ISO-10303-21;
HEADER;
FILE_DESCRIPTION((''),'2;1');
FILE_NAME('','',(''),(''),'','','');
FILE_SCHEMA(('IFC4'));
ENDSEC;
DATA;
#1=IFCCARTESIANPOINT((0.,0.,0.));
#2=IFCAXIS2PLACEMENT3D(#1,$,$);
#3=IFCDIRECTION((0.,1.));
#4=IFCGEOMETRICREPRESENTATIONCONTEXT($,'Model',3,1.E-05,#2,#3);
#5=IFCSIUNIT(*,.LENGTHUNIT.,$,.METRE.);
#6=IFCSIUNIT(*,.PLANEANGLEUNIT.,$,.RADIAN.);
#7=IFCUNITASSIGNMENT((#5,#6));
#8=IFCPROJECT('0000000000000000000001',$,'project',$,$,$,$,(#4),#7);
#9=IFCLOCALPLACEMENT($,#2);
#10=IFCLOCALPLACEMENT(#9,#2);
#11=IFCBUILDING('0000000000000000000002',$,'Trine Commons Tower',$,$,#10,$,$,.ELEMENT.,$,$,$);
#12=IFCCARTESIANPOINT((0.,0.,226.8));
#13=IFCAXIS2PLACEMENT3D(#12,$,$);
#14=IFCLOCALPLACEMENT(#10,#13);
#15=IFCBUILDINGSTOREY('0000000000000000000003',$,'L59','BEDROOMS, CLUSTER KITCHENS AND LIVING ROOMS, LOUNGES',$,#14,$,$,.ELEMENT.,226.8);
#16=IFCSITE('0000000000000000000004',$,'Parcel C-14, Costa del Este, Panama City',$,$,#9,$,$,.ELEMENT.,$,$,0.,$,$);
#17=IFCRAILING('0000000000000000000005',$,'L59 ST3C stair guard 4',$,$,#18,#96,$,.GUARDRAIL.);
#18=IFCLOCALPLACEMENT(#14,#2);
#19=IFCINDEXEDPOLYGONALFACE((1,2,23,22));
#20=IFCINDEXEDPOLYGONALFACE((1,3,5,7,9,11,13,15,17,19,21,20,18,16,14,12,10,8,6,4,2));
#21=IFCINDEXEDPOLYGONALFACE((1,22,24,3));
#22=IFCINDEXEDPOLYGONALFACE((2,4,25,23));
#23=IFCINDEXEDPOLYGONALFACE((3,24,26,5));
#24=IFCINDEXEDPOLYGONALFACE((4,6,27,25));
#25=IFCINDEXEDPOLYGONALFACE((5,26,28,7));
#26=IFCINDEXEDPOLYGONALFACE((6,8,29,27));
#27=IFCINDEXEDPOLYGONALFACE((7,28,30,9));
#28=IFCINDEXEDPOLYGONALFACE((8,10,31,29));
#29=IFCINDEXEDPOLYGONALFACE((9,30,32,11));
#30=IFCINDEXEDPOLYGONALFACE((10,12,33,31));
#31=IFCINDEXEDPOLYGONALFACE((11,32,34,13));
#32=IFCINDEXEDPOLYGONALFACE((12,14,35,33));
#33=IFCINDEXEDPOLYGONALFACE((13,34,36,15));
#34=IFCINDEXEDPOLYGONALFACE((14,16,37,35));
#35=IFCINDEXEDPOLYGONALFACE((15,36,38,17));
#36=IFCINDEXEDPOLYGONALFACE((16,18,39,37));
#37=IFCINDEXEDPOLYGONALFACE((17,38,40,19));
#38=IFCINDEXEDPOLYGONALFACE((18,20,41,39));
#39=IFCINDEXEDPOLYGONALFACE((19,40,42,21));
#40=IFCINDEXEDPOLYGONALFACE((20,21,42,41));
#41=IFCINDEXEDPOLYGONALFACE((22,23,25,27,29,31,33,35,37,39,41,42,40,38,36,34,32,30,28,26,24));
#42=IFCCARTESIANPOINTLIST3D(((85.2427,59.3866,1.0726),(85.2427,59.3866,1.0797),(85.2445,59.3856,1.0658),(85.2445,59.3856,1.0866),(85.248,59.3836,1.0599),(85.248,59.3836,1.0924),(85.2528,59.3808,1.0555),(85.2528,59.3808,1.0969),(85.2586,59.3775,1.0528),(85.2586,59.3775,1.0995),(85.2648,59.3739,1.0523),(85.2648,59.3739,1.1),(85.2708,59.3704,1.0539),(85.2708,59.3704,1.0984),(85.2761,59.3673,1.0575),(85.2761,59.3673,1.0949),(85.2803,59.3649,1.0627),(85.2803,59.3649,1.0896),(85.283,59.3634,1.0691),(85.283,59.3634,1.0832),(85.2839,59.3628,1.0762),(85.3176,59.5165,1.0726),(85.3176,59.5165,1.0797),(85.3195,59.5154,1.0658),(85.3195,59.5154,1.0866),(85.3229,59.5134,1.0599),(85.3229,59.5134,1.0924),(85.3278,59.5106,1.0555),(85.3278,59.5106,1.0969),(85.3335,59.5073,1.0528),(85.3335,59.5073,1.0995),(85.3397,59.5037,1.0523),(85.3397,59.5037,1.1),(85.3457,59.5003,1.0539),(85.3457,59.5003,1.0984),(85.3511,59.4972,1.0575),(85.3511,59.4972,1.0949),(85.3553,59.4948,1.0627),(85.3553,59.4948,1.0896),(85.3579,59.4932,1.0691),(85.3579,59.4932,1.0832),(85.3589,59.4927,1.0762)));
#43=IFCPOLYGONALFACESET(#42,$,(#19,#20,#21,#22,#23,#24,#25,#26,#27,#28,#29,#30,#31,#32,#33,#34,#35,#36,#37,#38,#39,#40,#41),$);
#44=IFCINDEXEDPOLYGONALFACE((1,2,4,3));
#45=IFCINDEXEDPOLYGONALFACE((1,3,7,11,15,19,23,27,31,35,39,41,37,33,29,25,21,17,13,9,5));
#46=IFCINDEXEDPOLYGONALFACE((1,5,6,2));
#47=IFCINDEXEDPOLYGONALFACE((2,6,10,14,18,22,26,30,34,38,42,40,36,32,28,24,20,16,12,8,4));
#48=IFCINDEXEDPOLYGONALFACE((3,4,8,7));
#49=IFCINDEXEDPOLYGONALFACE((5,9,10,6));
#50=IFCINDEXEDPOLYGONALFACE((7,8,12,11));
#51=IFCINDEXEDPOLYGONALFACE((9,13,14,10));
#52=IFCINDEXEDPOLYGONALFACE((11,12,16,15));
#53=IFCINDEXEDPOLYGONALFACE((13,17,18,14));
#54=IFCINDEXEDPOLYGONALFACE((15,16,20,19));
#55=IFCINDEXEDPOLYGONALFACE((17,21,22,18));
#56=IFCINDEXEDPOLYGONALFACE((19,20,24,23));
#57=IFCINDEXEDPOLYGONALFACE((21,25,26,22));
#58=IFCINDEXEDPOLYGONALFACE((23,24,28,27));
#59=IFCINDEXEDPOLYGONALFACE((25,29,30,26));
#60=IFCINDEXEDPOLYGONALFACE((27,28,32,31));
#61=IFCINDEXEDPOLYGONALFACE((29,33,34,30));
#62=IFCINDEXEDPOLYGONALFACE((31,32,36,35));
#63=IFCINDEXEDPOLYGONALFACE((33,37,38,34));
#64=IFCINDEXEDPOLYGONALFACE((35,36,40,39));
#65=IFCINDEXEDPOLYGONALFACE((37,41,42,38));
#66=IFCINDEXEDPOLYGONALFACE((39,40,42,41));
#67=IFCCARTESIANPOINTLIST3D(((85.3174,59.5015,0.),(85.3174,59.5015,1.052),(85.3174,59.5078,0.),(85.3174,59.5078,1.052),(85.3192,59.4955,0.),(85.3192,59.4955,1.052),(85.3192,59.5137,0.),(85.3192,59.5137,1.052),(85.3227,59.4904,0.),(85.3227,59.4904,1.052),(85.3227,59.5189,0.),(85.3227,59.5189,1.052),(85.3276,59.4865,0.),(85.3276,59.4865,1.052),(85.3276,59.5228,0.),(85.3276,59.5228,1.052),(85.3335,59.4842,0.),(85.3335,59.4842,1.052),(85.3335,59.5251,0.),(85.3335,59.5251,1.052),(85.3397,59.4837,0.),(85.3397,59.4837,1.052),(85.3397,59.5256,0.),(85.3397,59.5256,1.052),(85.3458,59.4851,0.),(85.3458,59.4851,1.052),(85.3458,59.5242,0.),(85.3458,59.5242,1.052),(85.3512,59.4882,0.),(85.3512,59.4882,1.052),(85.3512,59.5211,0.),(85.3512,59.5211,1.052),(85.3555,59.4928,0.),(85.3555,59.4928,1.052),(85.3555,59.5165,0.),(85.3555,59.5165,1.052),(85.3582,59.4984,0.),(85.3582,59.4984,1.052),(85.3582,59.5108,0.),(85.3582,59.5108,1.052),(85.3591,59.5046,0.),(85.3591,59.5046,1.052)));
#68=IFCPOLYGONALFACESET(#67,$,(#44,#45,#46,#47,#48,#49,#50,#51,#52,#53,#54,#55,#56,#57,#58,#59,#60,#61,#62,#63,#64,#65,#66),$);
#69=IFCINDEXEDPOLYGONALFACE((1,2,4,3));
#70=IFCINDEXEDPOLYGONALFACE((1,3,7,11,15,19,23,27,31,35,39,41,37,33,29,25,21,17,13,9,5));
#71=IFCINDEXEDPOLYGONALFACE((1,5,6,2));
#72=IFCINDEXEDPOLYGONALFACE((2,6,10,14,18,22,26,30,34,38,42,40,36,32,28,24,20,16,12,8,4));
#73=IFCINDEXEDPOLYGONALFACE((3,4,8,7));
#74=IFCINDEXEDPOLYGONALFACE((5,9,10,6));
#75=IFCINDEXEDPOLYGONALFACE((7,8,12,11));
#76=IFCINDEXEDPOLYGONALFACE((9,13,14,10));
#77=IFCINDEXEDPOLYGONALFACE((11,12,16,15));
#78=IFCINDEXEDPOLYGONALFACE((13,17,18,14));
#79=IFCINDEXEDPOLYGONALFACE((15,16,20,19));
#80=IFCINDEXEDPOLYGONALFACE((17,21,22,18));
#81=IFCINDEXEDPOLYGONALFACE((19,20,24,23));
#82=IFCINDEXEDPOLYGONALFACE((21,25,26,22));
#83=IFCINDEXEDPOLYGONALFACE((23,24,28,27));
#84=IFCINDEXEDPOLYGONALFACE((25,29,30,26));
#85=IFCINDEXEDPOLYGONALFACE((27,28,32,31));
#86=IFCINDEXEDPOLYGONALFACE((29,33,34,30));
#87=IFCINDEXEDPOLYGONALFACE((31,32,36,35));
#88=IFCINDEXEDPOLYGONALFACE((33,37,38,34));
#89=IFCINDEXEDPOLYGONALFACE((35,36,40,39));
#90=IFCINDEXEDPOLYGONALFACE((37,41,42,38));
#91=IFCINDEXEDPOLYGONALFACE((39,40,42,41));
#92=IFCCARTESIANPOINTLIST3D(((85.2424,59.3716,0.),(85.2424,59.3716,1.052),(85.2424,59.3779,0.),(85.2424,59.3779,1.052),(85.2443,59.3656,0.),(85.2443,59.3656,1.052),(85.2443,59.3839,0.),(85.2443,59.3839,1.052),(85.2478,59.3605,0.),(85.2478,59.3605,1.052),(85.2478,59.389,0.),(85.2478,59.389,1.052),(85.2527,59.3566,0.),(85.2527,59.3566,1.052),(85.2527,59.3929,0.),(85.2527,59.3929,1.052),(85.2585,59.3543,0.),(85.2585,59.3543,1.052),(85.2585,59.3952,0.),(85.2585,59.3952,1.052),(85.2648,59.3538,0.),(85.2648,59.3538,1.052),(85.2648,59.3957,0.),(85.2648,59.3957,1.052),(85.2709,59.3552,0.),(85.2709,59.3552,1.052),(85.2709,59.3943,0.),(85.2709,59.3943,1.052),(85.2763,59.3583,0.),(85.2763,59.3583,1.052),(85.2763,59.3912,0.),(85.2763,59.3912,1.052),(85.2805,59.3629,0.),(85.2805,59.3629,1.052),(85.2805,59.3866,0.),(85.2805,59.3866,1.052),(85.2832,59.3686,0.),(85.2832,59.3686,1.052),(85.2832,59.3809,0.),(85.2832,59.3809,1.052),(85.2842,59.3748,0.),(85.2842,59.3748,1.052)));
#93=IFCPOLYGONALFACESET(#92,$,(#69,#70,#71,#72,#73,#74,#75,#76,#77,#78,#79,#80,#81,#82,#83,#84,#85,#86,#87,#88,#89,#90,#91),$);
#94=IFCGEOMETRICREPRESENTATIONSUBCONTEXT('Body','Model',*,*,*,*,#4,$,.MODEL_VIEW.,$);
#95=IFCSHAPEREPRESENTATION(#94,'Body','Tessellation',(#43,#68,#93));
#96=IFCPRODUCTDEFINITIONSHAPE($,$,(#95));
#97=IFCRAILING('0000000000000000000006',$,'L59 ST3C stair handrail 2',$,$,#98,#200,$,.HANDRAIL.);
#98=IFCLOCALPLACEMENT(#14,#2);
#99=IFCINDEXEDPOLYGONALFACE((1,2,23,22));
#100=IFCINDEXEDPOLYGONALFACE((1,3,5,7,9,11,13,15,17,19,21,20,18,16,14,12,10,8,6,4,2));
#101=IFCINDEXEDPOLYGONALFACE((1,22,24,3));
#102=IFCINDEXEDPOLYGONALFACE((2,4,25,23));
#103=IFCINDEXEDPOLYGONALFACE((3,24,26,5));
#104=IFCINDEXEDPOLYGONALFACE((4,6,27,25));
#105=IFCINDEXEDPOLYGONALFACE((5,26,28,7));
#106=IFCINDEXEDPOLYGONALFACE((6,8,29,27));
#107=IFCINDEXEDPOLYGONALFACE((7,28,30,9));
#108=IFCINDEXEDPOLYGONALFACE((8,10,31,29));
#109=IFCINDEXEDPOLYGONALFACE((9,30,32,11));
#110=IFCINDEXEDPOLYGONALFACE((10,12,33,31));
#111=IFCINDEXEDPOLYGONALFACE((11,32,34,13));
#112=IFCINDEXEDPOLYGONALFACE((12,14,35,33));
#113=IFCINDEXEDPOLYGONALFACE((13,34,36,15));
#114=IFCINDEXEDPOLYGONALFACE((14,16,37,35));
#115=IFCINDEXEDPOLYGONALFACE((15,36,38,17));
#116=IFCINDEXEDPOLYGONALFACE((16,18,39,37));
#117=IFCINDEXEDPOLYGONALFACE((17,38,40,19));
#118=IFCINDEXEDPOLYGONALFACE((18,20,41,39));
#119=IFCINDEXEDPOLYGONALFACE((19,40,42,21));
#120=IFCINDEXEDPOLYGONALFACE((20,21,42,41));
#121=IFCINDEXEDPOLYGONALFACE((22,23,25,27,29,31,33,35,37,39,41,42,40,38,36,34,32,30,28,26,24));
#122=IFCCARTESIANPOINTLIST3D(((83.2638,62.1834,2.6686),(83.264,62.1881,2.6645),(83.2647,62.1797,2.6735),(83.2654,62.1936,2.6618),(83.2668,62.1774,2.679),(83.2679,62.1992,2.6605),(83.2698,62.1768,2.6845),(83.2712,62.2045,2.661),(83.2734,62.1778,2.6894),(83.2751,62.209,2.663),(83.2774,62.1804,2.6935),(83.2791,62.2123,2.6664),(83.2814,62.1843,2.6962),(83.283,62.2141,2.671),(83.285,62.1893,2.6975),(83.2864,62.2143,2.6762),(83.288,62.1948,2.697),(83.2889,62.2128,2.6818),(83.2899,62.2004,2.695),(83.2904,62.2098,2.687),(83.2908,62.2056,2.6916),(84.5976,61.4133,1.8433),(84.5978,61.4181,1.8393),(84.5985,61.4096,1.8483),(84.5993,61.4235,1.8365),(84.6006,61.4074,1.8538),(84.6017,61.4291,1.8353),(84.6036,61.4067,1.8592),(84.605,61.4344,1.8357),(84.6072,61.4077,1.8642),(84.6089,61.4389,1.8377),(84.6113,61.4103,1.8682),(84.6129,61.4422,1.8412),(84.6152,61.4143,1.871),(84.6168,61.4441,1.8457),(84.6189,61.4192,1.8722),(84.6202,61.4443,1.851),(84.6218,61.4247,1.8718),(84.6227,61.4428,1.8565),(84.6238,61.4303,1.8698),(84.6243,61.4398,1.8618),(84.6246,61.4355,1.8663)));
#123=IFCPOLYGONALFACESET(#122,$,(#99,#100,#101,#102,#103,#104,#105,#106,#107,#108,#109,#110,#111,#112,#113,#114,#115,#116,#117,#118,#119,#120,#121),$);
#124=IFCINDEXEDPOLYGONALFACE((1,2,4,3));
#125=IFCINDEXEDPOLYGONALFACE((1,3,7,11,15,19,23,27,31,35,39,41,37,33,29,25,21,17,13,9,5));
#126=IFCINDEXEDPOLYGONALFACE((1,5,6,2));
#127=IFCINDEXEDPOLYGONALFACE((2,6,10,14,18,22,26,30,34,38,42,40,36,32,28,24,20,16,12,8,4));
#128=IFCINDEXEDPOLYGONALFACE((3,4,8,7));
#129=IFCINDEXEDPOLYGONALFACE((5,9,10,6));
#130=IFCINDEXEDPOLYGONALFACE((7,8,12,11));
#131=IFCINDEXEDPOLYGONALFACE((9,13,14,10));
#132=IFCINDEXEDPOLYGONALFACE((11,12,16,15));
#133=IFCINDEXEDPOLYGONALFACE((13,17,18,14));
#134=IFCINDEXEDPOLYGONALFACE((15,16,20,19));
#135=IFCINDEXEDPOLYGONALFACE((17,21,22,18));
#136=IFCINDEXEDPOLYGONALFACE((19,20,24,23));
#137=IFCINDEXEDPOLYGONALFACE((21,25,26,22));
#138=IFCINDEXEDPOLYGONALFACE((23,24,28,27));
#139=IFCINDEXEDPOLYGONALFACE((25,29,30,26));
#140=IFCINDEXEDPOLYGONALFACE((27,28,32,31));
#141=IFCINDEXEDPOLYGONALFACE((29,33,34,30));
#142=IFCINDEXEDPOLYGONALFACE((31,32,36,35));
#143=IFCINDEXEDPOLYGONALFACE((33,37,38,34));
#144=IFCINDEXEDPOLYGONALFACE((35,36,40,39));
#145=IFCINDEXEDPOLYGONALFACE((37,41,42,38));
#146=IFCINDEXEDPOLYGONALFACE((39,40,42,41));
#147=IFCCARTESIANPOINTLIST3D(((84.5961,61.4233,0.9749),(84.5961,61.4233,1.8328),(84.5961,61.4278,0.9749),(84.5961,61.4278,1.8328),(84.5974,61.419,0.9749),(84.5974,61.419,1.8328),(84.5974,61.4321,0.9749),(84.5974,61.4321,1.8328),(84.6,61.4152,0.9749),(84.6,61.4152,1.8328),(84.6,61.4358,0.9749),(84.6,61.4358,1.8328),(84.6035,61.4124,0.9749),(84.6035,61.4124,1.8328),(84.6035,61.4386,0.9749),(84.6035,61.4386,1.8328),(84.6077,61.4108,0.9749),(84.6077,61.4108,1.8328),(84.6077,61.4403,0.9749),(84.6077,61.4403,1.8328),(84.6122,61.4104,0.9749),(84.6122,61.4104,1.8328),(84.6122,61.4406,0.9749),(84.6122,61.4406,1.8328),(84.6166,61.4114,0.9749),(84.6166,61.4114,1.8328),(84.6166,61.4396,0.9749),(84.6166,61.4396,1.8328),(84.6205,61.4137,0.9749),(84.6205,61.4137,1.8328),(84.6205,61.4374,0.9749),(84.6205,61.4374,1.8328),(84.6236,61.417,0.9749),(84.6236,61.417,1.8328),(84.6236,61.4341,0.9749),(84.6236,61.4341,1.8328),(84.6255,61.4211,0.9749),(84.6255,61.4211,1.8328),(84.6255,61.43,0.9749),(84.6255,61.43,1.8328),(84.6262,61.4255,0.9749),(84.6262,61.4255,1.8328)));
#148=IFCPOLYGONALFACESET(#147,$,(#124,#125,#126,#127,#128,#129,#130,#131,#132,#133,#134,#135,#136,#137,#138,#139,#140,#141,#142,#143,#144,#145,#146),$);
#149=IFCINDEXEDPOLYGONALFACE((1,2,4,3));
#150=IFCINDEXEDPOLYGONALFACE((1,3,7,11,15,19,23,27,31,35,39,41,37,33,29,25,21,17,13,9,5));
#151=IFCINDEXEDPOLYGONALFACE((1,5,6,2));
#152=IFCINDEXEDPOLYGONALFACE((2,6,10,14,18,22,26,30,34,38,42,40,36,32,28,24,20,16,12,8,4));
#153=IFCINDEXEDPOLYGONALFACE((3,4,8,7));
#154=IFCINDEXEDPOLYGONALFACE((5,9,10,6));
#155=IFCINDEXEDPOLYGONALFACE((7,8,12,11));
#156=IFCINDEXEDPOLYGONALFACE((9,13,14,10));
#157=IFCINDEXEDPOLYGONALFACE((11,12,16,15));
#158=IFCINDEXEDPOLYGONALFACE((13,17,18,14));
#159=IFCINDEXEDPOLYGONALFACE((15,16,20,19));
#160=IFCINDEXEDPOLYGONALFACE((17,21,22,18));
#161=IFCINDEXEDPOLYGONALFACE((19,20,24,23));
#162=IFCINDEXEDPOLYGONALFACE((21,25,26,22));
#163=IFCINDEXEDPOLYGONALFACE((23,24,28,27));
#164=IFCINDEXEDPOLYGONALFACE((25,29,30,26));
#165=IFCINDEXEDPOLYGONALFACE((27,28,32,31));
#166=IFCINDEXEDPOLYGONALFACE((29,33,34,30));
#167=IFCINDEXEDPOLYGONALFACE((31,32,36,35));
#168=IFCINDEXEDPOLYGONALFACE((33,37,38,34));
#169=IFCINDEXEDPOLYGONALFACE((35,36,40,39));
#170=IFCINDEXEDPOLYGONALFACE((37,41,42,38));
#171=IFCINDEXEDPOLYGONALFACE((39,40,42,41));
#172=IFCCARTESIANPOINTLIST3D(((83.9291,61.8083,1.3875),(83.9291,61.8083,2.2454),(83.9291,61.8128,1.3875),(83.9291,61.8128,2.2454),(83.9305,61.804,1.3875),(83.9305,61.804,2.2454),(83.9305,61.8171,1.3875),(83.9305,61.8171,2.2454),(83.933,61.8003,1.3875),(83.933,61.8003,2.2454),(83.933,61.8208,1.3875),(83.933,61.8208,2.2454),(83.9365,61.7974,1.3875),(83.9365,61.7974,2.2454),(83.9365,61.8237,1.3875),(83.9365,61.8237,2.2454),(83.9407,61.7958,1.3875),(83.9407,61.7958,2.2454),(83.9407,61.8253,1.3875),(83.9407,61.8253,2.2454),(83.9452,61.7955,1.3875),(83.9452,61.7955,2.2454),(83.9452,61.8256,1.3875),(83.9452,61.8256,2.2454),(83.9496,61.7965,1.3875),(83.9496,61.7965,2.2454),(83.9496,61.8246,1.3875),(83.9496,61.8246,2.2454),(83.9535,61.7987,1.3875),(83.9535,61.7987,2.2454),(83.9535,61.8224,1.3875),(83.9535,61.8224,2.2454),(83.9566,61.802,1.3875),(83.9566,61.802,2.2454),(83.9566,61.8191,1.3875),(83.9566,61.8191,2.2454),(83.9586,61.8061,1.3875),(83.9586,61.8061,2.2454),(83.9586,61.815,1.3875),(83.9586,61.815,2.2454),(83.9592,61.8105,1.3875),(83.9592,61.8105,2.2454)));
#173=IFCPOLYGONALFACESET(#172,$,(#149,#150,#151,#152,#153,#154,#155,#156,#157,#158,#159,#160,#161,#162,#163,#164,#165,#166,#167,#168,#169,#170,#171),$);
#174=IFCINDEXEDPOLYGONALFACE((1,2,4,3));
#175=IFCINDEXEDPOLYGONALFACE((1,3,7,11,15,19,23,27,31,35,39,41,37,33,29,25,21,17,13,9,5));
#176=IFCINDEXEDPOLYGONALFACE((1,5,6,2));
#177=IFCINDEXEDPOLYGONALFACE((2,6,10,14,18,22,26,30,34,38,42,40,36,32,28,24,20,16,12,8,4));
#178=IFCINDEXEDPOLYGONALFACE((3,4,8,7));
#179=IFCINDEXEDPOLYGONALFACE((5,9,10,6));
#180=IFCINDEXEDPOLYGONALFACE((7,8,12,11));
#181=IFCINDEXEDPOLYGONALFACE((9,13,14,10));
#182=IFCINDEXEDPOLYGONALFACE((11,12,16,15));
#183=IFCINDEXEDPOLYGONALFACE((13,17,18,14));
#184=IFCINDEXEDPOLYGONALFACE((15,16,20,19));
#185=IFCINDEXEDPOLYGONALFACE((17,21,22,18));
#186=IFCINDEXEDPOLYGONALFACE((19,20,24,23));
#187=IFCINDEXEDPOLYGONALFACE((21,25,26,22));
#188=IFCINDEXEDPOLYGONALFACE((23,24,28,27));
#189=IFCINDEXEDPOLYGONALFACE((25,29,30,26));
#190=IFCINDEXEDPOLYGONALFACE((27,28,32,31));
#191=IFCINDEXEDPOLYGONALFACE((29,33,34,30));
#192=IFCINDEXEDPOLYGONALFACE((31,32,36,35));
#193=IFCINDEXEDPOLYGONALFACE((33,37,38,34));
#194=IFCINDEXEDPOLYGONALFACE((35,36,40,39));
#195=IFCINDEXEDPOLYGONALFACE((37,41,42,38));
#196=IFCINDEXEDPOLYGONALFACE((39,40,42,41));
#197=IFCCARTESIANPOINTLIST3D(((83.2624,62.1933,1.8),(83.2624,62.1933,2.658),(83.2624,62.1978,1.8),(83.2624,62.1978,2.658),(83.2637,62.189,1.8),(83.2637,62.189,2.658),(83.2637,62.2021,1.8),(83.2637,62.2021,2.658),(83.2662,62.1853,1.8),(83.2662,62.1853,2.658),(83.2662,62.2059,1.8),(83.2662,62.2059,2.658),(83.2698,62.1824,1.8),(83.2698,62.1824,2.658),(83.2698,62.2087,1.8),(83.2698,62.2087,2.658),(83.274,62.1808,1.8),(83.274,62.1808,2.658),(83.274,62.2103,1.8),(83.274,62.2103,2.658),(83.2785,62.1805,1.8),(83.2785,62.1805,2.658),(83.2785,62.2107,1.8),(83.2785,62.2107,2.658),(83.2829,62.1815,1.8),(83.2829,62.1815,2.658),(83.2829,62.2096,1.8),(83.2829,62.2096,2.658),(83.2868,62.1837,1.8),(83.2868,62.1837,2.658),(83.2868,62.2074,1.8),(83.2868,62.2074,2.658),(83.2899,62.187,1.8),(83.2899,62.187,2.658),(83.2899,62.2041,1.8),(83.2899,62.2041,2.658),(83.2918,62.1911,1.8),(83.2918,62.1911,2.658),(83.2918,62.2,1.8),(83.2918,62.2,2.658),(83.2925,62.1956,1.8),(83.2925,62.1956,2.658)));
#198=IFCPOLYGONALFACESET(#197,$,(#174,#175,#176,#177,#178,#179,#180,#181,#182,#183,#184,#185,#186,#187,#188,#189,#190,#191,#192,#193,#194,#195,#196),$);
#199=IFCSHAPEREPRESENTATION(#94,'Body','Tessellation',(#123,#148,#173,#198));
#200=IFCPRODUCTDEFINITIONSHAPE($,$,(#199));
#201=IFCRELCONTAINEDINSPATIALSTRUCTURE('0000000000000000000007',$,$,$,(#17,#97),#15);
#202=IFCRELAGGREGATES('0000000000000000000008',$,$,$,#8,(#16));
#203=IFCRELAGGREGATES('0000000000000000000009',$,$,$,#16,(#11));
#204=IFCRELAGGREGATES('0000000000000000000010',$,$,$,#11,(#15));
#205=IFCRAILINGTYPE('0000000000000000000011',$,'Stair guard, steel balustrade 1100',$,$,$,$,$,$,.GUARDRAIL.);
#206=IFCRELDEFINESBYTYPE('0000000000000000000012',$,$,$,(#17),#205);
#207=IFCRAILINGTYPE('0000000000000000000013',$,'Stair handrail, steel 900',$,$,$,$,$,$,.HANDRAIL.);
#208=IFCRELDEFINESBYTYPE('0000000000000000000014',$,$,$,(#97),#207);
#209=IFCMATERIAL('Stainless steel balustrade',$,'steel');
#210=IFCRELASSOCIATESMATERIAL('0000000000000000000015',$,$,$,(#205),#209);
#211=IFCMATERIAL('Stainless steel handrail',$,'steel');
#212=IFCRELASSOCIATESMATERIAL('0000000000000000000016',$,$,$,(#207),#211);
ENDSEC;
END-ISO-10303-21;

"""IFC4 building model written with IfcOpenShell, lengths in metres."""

from ifc_helpers import new_model, si_unit, direction, frame, origin, origin_2d, place, context, subcontext, project, spatial, circle, extrude, material, type_object, element, save


model = new_model("IFC4")

# Units and contexts
model_context = context("Model", 3, precision=1e-05, world=origin(), true_north=direction((0.0, 1.0)))
body_context = subcontext(model_context, "Body", "Model", "MODEL_VIEW")
ifc_project = project(units=[si_unit("LENGTHUNIT", "METRE"), si_unit("PLANEANGLEUNIT", "RADIAN")], contexts=[model_context])

# Site, building, storey
site_placement = place(None, origin())
site = spatial("IfcSite", under=ifc_project, at=site_placement, Name="Parcel C-14, Costa del Este, Panama City", CompositionType="ELEMENT", RefElevation=0.0)
building_placement = place(site_placement, origin())
building = spatial("IfcBuilding", under=site, at=building_placement, Name="Trine Commons Tower", CompositionType="ELEMENT")
storey_placement = place(building_placement, frame((0.0, 0.0, 226.8)))
storey = spatial("IfcBuildingStorey", under=building, at=storey_placement, Name="L59", Description="BEDROOMS, CLUSTER KITCHENS AND LIVING ROOMS, LOUNGES", CompositionType="ELEMENT", Elevation=226.8)

# Railings
ifc_material_1 = material(Name="Stainless steel balustrade", Category="steel")
railing_type_1 = type_object("IfcRailingType", Name="Stair guard, steel balustrade 1100", PredefinedType="GUARDRAIL", material=ifc_material_1)
railing_1_placement = place(storey_placement, frame((85.3381, 59.5046, 0.0)))
element("IfcRailing", 1, at=railing_1_placement, inside=storey, type_object=railing_type_1, Name="L59 ST3C stair guard 4", PredefinedType="GUARDRAIL", context=body_context, shape_type="SweptSolid", body=[
    extrude(circle(Radius=0.0239, at=origin_2d()), frame((0.0, 0.0, 1.0762), z_axis=(-0.499816, -0.866131, 0.0), x_axis=(0.866131, -0.499816, 0.0)), (0.0, 0.0, 1.0), 0.1499),
    extrude(circle(Radius=0.021, at=origin_2d()), origin(), (0.0, 0.0, 1.0), 1.052),
    extrude(circle(Radius=0.021, at=origin_2d()), frame((-0.075, -0.1299, 0.0)), (0.0, 0.0, 1.0), 1.052),
])
ifc_material_2 = material(Name="Stainless steel handrail", Category="steel")
railing_type_2 = type_object("IfcRailingType", Name="Stair handrail, steel 900", PredefinedType="HANDRAIL", material=ifc_material_2)
railing_2_placement = place(storey_placement, frame((84.6111, 61.4255, 0.9749)))
element("IfcRailing", 2, at=railing_2_placement, inside=storey, type_object=railing_type_2, Name="L59 ST3C stair handrail 2", PredefinedType="HANDRAIL", context=body_context, shape_type="SweptSolid", body=[
    extrude(circle(Radius=0.021, at=origin_2d()), frame((0.0, 0.0, 0.8789), z_axis=(-0.763355, 0.440714, 0.472293), x_axis=(-0.499992, -0.86603, 0.0)), (0.0, 0.0, 1.0), 1.7473),
    extrude(circle(Radius=0.0151, at=origin_2d()), origin(), (0.0, 0.0, 1.0), 0.8579),
    extrude(circle(Radius=0.0151, at=origin_2d()), frame((-0.667, 0.385, 0.4126)), (0.0, 0.0, 1.0), 0.8579),
    extrude(circle(Radius=0.0151, at=origin_2d()), frame((-1.3337, 0.77, 0.8252)), (0.0, 0.0, 1.0), 0.8579),
])

save(model, "model.ifc")
